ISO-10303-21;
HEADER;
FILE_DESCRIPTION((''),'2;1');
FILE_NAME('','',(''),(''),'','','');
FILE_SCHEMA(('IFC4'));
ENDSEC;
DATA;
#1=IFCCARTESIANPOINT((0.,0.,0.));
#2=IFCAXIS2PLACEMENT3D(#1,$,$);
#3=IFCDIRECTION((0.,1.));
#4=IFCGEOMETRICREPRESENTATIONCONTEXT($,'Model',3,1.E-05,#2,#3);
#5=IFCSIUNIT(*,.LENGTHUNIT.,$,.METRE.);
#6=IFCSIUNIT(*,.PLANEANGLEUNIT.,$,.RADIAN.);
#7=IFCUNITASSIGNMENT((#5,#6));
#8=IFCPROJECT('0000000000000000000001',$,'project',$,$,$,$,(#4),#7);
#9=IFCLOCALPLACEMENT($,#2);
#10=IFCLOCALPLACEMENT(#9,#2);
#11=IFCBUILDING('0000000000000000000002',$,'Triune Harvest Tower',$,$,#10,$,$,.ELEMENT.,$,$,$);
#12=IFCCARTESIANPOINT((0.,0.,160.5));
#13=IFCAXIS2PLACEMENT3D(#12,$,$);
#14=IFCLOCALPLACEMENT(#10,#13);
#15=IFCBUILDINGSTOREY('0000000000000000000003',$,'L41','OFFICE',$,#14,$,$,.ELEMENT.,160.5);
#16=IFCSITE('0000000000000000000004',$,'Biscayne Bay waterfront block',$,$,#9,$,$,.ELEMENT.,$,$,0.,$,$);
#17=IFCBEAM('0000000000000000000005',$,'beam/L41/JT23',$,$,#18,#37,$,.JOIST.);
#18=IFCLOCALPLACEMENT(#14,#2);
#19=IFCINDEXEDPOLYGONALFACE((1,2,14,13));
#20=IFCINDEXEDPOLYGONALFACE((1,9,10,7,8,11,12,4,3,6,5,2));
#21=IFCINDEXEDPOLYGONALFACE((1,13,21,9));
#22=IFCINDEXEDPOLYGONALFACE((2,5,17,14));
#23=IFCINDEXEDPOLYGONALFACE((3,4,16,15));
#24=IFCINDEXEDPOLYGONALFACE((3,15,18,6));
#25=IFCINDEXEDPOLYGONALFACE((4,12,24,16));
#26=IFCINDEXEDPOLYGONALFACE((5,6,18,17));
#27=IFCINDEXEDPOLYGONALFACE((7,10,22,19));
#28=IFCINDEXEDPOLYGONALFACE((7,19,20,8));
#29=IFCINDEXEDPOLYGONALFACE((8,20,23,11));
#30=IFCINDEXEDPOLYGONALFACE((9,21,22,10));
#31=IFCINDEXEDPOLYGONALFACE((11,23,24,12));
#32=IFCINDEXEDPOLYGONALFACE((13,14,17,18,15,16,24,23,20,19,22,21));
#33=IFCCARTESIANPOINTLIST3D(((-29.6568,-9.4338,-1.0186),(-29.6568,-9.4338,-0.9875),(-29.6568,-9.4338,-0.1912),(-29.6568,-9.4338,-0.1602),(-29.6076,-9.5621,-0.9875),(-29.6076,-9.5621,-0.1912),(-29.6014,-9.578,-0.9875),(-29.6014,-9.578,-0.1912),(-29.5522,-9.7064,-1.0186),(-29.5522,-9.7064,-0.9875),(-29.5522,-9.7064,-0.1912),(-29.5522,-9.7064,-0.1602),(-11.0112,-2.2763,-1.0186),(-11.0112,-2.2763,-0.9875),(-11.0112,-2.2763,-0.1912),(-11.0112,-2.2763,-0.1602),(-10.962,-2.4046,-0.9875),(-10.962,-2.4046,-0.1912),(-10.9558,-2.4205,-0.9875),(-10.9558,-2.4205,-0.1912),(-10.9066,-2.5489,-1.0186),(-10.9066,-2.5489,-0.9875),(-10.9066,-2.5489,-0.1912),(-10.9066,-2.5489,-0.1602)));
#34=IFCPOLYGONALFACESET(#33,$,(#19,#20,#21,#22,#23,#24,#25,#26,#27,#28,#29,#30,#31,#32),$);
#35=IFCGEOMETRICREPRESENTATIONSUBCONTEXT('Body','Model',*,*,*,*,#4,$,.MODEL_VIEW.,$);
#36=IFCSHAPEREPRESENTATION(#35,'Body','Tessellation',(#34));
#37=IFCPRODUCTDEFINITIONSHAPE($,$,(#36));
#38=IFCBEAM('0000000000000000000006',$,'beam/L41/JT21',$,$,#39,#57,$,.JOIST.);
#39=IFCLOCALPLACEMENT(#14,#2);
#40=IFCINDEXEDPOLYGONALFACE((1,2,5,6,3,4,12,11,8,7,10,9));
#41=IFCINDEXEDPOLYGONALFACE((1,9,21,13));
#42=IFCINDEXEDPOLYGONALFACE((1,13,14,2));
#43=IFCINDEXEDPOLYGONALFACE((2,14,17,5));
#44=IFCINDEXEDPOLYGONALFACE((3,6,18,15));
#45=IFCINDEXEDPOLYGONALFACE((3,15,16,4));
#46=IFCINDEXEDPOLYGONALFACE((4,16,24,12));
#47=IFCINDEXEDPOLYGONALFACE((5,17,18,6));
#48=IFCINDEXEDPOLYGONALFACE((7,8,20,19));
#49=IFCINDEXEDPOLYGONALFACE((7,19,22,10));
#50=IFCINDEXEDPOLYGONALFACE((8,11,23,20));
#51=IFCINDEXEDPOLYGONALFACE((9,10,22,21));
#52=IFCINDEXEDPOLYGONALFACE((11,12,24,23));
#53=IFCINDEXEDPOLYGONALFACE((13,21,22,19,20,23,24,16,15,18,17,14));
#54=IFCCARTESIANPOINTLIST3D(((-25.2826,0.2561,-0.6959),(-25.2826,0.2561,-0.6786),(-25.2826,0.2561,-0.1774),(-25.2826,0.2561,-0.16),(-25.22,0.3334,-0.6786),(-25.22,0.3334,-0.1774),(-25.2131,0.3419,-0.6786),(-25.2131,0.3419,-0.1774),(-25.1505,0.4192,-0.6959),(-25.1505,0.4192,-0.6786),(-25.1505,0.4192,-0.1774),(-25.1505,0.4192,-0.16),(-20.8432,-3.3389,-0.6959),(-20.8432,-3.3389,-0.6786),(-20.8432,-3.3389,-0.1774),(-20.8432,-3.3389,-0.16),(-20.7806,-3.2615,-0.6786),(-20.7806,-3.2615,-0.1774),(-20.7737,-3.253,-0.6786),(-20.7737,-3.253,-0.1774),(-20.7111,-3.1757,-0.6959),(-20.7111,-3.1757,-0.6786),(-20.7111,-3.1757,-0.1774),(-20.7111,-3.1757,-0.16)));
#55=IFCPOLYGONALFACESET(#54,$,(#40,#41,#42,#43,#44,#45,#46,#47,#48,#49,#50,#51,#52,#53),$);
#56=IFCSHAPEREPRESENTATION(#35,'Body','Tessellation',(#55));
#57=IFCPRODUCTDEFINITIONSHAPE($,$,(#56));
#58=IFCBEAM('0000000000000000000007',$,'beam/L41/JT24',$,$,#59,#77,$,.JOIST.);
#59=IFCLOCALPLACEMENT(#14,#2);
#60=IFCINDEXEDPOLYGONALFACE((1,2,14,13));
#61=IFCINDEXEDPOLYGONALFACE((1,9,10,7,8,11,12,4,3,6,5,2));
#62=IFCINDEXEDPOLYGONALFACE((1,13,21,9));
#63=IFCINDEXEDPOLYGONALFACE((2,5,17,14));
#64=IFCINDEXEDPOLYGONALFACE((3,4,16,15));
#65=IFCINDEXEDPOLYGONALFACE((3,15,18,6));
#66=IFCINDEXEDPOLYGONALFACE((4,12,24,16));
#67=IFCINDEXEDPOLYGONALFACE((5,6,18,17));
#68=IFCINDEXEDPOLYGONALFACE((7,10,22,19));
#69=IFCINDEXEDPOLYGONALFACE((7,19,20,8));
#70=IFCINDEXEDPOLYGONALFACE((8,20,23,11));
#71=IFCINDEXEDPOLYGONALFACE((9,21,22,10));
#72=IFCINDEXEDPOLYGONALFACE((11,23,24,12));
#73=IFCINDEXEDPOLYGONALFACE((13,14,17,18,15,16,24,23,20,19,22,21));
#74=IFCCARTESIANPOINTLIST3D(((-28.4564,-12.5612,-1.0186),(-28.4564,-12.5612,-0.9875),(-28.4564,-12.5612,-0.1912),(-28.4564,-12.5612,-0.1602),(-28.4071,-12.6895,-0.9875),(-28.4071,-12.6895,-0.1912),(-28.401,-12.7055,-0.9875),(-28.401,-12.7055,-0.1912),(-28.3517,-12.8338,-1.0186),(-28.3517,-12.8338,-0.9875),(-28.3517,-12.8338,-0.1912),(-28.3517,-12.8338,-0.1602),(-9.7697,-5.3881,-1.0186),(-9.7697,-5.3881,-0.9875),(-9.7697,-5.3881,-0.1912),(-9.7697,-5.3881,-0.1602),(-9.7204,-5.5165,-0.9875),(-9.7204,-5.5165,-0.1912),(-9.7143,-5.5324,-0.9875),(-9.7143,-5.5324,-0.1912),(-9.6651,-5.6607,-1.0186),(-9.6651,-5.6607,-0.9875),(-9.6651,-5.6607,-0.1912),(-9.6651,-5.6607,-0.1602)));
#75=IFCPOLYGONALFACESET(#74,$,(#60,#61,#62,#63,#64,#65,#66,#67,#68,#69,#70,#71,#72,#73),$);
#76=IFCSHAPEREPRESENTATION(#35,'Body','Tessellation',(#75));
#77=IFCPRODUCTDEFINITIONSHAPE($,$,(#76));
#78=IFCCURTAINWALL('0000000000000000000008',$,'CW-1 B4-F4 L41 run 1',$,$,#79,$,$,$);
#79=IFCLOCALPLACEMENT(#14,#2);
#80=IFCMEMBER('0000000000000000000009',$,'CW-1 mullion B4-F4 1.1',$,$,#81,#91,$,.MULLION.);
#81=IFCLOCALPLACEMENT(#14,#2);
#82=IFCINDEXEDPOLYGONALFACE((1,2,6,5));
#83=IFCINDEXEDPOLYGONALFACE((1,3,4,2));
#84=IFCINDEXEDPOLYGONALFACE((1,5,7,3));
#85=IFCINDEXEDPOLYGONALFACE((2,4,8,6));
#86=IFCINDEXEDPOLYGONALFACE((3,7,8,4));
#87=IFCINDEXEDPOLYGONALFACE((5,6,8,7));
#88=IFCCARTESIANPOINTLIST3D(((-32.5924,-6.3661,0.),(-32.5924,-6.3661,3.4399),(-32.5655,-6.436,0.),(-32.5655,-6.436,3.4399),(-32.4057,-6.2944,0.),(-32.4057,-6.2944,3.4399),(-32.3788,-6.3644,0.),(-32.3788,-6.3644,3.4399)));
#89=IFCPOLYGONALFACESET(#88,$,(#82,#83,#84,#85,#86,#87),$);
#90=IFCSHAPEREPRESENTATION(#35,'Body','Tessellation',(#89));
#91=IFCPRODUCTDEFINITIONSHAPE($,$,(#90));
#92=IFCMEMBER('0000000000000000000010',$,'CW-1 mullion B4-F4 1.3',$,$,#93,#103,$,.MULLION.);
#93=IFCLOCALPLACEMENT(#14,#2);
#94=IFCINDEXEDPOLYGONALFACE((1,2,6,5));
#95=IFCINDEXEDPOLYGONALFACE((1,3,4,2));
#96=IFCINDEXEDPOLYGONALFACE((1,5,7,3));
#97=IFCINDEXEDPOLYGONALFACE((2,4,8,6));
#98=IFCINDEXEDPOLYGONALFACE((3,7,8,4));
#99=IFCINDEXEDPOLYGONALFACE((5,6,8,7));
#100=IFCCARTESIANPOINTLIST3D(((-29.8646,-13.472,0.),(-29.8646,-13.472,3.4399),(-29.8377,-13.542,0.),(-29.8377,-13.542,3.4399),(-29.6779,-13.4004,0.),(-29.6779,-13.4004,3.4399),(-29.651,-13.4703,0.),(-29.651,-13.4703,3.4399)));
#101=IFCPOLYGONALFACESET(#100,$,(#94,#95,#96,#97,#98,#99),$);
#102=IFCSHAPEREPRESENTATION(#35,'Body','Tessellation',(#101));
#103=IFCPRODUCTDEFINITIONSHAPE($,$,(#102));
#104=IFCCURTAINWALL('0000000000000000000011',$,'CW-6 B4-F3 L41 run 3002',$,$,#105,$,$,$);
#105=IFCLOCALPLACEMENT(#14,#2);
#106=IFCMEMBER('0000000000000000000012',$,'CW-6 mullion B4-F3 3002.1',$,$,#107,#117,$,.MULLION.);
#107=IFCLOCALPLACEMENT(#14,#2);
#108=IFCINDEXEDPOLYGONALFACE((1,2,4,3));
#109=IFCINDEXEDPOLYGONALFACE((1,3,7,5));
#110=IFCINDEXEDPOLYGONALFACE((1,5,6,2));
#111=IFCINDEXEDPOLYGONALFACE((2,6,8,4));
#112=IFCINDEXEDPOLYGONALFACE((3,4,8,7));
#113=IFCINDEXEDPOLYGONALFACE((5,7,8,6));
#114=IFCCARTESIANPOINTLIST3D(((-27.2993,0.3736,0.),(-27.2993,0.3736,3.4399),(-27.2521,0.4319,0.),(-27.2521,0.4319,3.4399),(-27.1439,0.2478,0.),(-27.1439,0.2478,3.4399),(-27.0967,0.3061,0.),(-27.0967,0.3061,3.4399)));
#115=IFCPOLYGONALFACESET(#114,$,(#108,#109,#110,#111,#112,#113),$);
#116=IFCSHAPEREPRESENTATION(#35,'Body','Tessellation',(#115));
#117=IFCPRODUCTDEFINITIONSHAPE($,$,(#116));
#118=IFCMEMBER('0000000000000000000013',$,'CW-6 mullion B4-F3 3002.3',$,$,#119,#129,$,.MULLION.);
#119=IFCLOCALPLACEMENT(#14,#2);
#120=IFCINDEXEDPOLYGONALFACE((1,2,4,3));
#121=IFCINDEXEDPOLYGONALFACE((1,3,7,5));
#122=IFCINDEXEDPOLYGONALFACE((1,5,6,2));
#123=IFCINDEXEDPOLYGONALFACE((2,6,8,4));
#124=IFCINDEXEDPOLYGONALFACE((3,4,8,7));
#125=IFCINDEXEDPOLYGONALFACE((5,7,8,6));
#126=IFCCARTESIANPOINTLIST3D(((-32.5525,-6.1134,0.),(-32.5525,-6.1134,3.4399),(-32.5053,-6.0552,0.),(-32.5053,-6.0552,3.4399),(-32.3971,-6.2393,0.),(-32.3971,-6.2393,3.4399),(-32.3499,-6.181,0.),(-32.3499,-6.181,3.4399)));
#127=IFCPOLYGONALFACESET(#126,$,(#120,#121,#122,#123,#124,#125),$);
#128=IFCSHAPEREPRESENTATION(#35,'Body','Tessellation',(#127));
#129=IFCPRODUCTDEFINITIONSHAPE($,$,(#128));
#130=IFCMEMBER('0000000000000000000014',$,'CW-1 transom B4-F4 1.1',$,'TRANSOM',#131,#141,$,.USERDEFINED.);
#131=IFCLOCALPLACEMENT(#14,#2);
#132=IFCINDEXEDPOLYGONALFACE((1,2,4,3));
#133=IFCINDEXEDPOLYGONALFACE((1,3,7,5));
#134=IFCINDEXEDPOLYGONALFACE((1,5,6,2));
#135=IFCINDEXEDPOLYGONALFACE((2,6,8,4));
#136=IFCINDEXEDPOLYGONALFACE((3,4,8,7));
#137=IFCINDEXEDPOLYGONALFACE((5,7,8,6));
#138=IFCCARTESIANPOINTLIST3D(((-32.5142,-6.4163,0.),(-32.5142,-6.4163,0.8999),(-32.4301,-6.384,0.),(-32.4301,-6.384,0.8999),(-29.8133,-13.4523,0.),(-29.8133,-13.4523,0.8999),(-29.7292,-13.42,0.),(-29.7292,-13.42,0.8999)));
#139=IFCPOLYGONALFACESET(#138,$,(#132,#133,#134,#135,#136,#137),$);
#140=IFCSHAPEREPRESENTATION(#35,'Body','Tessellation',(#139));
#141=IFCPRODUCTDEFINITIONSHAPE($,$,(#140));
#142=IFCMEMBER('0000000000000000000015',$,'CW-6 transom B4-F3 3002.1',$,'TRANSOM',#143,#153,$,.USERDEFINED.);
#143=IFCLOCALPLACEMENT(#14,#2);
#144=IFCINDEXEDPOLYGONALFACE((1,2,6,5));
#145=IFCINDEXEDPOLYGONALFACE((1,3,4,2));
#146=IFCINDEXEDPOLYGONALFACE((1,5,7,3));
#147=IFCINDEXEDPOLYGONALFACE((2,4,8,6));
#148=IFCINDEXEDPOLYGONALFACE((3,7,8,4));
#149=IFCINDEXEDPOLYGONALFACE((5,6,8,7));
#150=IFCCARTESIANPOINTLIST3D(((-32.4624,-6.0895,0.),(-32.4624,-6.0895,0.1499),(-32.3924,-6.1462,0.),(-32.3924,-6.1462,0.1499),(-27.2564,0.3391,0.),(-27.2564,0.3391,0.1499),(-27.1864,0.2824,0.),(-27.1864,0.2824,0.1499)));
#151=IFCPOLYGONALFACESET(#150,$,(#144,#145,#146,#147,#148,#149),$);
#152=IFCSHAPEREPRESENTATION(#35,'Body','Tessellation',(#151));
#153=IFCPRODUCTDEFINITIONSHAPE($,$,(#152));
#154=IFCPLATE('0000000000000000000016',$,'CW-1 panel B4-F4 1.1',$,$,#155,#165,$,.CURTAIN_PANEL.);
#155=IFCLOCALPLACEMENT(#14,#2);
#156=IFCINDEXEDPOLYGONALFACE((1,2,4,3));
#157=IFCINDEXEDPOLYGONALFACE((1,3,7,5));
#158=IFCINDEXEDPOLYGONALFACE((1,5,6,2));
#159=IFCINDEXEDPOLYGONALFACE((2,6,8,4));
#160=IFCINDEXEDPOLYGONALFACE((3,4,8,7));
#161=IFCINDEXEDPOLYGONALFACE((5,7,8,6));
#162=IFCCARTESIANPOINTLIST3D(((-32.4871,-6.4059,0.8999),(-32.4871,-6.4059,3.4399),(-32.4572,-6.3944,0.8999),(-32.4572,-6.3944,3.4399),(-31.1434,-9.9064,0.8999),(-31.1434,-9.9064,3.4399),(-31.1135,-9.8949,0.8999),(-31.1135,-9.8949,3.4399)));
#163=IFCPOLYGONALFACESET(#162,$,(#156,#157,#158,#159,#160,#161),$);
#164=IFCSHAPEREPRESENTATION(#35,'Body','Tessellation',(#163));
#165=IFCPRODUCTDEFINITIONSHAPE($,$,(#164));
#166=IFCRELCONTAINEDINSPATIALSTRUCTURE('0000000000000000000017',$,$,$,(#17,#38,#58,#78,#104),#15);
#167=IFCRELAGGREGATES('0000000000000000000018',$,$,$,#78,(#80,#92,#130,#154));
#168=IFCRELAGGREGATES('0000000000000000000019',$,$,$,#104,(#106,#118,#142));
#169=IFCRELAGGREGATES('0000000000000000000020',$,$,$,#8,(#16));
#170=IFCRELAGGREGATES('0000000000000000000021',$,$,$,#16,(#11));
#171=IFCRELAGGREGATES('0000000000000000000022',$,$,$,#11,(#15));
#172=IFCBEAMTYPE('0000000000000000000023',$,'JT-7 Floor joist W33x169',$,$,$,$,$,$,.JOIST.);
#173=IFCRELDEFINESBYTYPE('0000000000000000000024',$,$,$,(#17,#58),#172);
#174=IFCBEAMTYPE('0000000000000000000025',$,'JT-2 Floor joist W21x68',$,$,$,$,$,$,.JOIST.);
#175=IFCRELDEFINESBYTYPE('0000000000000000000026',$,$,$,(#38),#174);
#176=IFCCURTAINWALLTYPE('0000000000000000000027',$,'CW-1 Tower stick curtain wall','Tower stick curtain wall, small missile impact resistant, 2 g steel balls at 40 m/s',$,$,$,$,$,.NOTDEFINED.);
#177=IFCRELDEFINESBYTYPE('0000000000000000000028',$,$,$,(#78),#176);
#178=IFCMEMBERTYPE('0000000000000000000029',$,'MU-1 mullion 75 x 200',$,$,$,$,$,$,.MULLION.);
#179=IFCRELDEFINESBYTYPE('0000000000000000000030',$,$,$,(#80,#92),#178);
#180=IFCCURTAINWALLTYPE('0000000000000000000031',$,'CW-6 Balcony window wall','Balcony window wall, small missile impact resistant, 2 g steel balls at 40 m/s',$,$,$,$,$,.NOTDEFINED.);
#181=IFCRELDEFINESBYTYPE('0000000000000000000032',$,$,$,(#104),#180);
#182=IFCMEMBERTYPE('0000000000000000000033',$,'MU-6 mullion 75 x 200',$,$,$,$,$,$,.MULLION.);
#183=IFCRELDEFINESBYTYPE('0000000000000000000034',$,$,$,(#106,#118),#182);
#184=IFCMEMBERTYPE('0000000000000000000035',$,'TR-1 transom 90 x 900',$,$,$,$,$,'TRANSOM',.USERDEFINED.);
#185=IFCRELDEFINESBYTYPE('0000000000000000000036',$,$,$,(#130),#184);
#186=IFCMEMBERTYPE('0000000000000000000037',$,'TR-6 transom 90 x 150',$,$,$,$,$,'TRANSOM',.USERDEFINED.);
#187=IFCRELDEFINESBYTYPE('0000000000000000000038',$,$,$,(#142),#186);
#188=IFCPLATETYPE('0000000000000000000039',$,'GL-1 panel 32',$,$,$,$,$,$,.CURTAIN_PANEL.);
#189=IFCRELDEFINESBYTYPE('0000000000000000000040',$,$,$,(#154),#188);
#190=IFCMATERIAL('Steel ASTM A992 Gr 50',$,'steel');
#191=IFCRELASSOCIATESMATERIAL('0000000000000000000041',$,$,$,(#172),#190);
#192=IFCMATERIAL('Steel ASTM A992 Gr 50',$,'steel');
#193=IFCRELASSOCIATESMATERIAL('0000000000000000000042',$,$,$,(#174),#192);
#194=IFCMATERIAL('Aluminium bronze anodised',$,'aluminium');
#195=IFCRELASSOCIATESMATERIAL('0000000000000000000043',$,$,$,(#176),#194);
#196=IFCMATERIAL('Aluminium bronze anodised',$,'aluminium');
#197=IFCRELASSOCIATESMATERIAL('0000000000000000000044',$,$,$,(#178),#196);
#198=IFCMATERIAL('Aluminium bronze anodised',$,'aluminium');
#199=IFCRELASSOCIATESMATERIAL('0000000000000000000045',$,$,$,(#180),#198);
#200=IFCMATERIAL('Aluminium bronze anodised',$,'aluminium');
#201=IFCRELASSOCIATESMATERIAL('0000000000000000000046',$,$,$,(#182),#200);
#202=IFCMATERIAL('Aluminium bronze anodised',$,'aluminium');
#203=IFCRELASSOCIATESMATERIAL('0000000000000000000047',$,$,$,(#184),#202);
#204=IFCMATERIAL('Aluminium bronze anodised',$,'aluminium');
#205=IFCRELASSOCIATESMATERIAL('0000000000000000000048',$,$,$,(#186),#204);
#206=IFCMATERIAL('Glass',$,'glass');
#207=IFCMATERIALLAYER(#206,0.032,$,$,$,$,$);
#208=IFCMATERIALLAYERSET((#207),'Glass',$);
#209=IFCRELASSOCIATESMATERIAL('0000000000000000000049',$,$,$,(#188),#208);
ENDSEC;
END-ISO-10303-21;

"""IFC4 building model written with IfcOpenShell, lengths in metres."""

from ifc_helpers import new_model, si_unit, direction, frame, origin, origin_2d, place, context, subcontext, project, spatial, rectangle, i_section, extrude, source, transform, mapped, material, layer, layer_set, material_profile, profile_set, type_object, element, aggregate, save


model = new_model("IFC4")

# Units and contexts
model_context = context("Model", 3, precision=1e-05, world=origin(), true_north=direction((0.0, 1.0)))
body_context = subcontext(model_context, "Body", "Model", "MODEL_VIEW")
ifc_project = project(units=[si_unit("LENGTHUNIT", "METRE"), si_unit("PLANEANGLEUNIT", "RADIAN")], contexts=[model_context])

# Site, building, storey
site_placement = place(None, origin())
site = spatial("IfcSite", under=ifc_project, at=site_placement, Name="Biscayne Bay waterfront block", CompositionType="ELEMENT", RefElevation=0.0)
building_placement = place(site_placement, origin())
building = spatial("IfcBuilding", under=site, at=building_placement, Name="Triune Harvest Tower", CompositionType="ELEMENT")
storey_placement = place(building_placement, frame((0.0, 0.0, 160.5)))
storey = spatial("IfcBuildingStorey", under=building, at=storey_placement, Name="L41", Description="OFFICE", CompositionType="ELEMENT", Elevation=160.5)

# Beams
ifc_material_1 = material(Name="Steel ASTM A992 Gr 50", Category="steel")
ifc_material_profile_1 = material_profile(ifc_material_1, i_section(OverallWidth=0.292, OverallDepth=0.8584, WebThickness=0.0171, FlangeThickness=0.031, at=origin_2d()), Name="W33x169")
ifc_profile_set_1 = profile_set([ifc_material_profile_1], Name="Steel ASTM A992 Gr 50")
beam_type_1 = type_object("IfcBeamType", Name="JT-7 Floor joist W33x169", PredefinedType="JOIST", material=ifc_profile_set_1)
shared_shape_1 = source(origin(), body_context, "Body", "SweptSolid", [
    extrude(i_section(OverallWidth=0.292, OverallDepth=0.8584, WebThickness=0.0171, FlangeThickness=0.031, at=origin_2d()), origin(), (0.0, 0.0, 1.0), 19.9722),
])
beam_1_placement = place(storey_placement, frame((-29.6045, -9.5701, -0.5894), z_axis=(0.933578, 0.358374, 0.0), x_axis=(-0.358374, 0.933578, 0.0)))
element("IfcBeam", 1, at=beam_1_placement, inside=storey, type_object=beam_type_1, Name="beam/L41/JT23", PredefinedType="JOIST", context=body_context, shape_type="MappedRepresentation", body=[
    mapped(shared_shape_1, transform((0.0, 0.0, 0.0), scale=1.0)),
])
ifc_material_2 = material(Name="Steel ASTM A992 Gr 50", Category="steel")
ifc_material_profile_2 = material_profile(ifc_material_2, i_section(OverallWidth=0.21, OverallDepth=0.5359, WebThickness=0.011, FlangeThickness=0.0173, at=origin_2d()), Name="W21x68")
ifc_profile_set_2 = profile_set([ifc_material_profile_2], Name="Steel ASTM A992 Gr 50")
beam_type_2 = type_object("IfcBeamType", Name="JT-2 Floor joist W21x68", PredefinedType="JOIST", material=ifc_profile_set_2)
shared_shape_2 = source(origin(), body_context, "Body", "SweptSolid", [
    extrude(i_section(OverallWidth=0.21, OverallDepth=0.5359, WebThickness=0.011, FlangeThickness=0.0173, at=origin_2d()), origin(), (0.0, 0.0, 1.0), 5.7124),
])
beam_2_placement = place(storey_placement, frame((-25.2166, 0.3376, -0.428), z_axis=(0.777148, -0.629317, 0.0), x_axis=(0.629317, 0.777148, 0.0)))
element("IfcBeam", 2, at=beam_2_placement, inside=storey, type_object=beam_type_2, Name="beam/L41/JT21", PredefinedType="JOIST", context=body_context, shape_type="MappedRepresentation", body=[
    mapped(shared_shape_2, transform((0.0, 0.0, 0.0), scale=1.0)),
])
shared_shape_3 = source(origin(), body_context, "Body", "SweptSolid", [
    extrude(i_section(OverallWidth=0.292, OverallDepth=0.8584, WebThickness=0.0171, FlangeThickness=0.031, at=origin_2d()), origin(), (0.0, 0.0, 1.0), 20.0161),
])
beam_3_placement = place(storey_placement, frame((-28.4041, -12.6975, -0.5894), z_axis=(0.933582, 0.358364, 0.0), x_axis=(-0.358364, 0.933582, 0.0)))
element("IfcBeam", 3, at=beam_3_placement, inside=storey, type_object=beam_type_1, Name="beam/L41/JT24", PredefinedType="JOIST", context=body_context, shape_type="MappedRepresentation", body=[
    mapped(shared_shape_3, transform((0.0, 0.0, 0.0), scale=1.0)),
])

# Curtain walls, members
ifc_material_3 = material(Name="Aluminium bronze anodised", Category="aluminium")
curtain_wall_type_1 = type_object("IfcCurtainWallType", Name="CW-1 Tower stick curtain wall", Description="Tower stick curtain wall, small missile impact resistant, 2 g steel balls at 40 m/s", PredefinedType="NOTDEFINED", material=ifc_material_3)
curtain_wall_1_placement = place(storey_placement, origin())
curtain_wall_1 = element("IfcCurtainWall", 4, at=curtain_wall_1_placement, inside=storey, type_object=curtain_wall_type_1, Name="CW-1 B4-F4 L41 run 1")
ifc_material_4 = material(Name="Aluminium bronze anodised", Category="aluminium")
ifc_material_profile_3 = material_profile(ifc_material_4, rectangle(XDim=0.2, YDim=0.075, at=origin_2d()), Name="MU-1 mullion 75 x 200")
ifc_profile_set_3 = profile_set([ifc_material_profile_3], Name="Aluminium bronze anodised")
member_type_1 = type_object("IfcMemberType", Name="MU-1 mullion 75 x 200", PredefinedType="MULLION", material=ifc_profile_set_3)
shared_shape_4 = source(origin(), body_context, "Body", "SweptSolid", [
    extrude(rectangle(XDim=0.2, YDim=0.075, at=origin_2d()), origin(), (0.0, 0.0, 1.0), 3.4399),
])
member_1_placement = place(storey_placement, frame((-32.4856, -6.3652, 0.0), z_axis=(0.0, 0.0, 1.0), x_axis=(0.93358, 0.358369, 0.0)))
member_1 = element("IfcMember", 5, at=member_1_placement, type_object=member_type_1, Name="CW-1 mullion B4-F4 1.1", PredefinedType="MULLION", context=body_context, shape_type="MappedRepresentation", body=[
    mapped(shared_shape_4, transform((0.0, 0.0, 0.0), scale=1.0)),
])
member_2_placement = place(storey_placement, frame((-29.7578, -13.4712, 0.0), z_axis=(0.0, 0.0, 1.0), x_axis=(0.93358, 0.358369, 0.0)))
member_2 = element("IfcMember", 6, at=member_2_placement, type_object=member_type_1, Name="CW-1 mullion B4-F4 1.3", PredefinedType="MULLION", context=body_context, shape_type="MappedRepresentation", body=[
    mapped(shared_shape_4, transform((0.0, 0.0, 0.0), scale=1.0)),
])
ifc_material_5 = material(Name="Aluminium bronze anodised", Category="aluminium")
curtain_wall_type_2 = type_object("IfcCurtainWallType", Name="CW-6 Balcony window wall", Description="Balcony window wall, small missile impact resistant, 2 g steel balls at 40 m/s", PredefinedType="NOTDEFINED", material=ifc_material_5)
curtain_wall_2_placement = place(storey_placement, origin())
curtain_wall_2 = element("IfcCurtainWall", 7, at=curtain_wall_2_placement, inside=storey, type_object=curtain_wall_type_2, Name="CW-6 B4-F3 L41 run 3002")
ifc_material_6 = material(Name="Aluminium bronze anodised", Category="aluminium")
ifc_material_profile_4 = material_profile(ifc_material_6, rectangle(XDim=0.2, YDim=0.075, at=origin_2d()), Name="MU-6 mullion 75 x 200")
ifc_profile_set_4 = profile_set([ifc_material_profile_4], Name="Aluminium bronze anodised")
member_type_2 = type_object("IfcMemberType", Name="MU-6 mullion 75 x 200", PredefinedType="MULLION", material=ifc_profile_set_4)
shared_shape_5 = source(origin(), body_context, "Body", "SweptSolid", [
    extrude(rectangle(XDim=0.2, YDim=0.075, at=origin_2d()), origin(), (0.0, 0.0, 1.0), 3.4399),
])
member_3_placement = place(storey_placement, frame((-27.198, 0.3398, 0.0), z_axis=(0.0, 0.0, 1.0), x_axis=(0.777144, -0.629323, 0.0)))
member_3 = element("IfcMember", 8, at=member_3_placement, type_object=member_type_2, Name="CW-6 mullion B4-F3 3002.1", PredefinedType="MULLION", context=body_context, shape_type="MappedRepresentation", body=[
    mapped(shared_shape_5, transform((0.0, 0.0, 0.0), scale=1.0)),
])
member_4_placement = place(storey_placement, frame((-32.4512, -6.1472, 0.0), z_axis=(0.0, 0.0, 1.0), x_axis=(0.777144, -0.629323, 0.0)))
member_4 = element("IfcMember", 9, at=member_4_placement, type_object=member_type_2, Name="CW-6 mullion B4-F3 3002.3", PredefinedType="MULLION", context=body_context, shape_type="MappedRepresentation", body=[
    mapped(shared_shape_5, transform((0.0, 0.0, 0.0), scale=1.0)),
])

# Members
ifc_material_7 = material(Name="Aluminium bronze anodised", Category="aluminium")
ifc_material_profile_5 = material_profile(ifc_material_7, rectangle(XDim=0.0901, YDim=0.8999, at=origin_2d()), Name="TR-1 transom 90 x 900")
ifc_profile_set_5 = profile_set([ifc_material_profile_5], Name="Aluminium bronze anodised")
member_type_3 = type_object("IfcMemberType", Name="TR-1 transom 90 x 900", ElementType="TRANSOM", PredefinedType="USERDEFINED", material=ifc_profile_set_5)
shared_shape_6 = source(origin(), body_context, "Body", "SweptSolid", [
    extrude(rectangle(XDim=0.0901, YDim=0.8999, at=origin_2d()), origin(), (0.0, 0.0, 1.0), 7.5366),
])
member_5_placement = place(storey_placement, frame((-32.4722, -6.4001, 0.45), z_axis=(0.358369, -0.93358, 0.0), x_axis=(0.93358, 0.358369, 0.0)))
member_5 = element("IfcMember", 10, at=member_5_placement, type_object=member_type_3, Name="CW-1 transom B4-F4 1.1", ObjectType="TRANSOM", PredefinedType="USERDEFINED", context=body_context, shape_type="MappedRepresentation", body=[
    mapped(shared_shape_6, transform((0.0, 0.0, 0.0), scale=1.0)),
])
ifc_material_8 = material(Name="Aluminium bronze anodised", Category="aluminium")
ifc_material_profile_6 = material_profile(ifc_material_8, rectangle(XDim=0.0901, YDim=0.1499, at=origin_2d()), Name="TR-6 transom 90 x 150")
ifc_profile_set_6 = profile_set([ifc_material_profile_6], Name="Aluminium bronze anodised")
member_type_4 = type_object("IfcMemberType", Name="TR-6 transom 90 x 150", ElementType="TRANSOM", PredefinedType="USERDEFINED", material=ifc_profile_set_6)
shared_shape_7 = source(origin(), body_context, "Body", "SweptSolid", [
    extrude(rectangle(XDim=0.0901, YDim=0.1499, at=origin_2d()), origin(), (0.0, 0.0, 1.0), 8.2722),
])
member_6_placement = place(storey_placement, frame((-27.2214, 0.3108, 0.075), z_axis=(-0.629334, -0.777135, 0.0), x_axis=(0.777135, -0.629334, 0.0)))
member_6 = element("IfcMember", 11, at=member_6_placement, type_object=member_type_4, Name="CW-6 transom B4-F3 3002.1", ObjectType="TRANSOM", PredefinedType="USERDEFINED", context=body_context, shape_type="MappedRepresentation", body=[
    mapped(shared_shape_7, transform((0.0, 0.0, 0.0), scale=1.0)),
])

# Plate
ifc_material_9 = material(Name="Glass", Category="glass")
ifc_layer_1 = layer(ifc_material_9, 0.032)
ifc_layer_set_1 = layer_set([ifc_layer_1], Name="Glass")
plate_type_1 = type_object("IfcPlateType", Name="GL-1 panel 32", PredefinedType="CURTAIN_PANEL", material=ifc_layer_set_1)
shared_shape_8 = source(origin(), body_context, "Body", "SweptSolid", [
    extrude(rectangle(XDim=3.7495, YDim=0.032, at=origin_2d()), origin(), (0.0, 0.0, 1.0), 2.54),
])
plate_1_placement = place(storey_placement, frame((-31.8003, -8.1504, 0.8999), z_axis=(0.0, 0.0, 1.0), x_axis=(0.358369, -0.93358, 0.0)))
plate_1 = element("IfcPlate", 12, at=plate_1_placement, type_object=plate_type_1, Name="CW-1 panel B4-F4 1.1", PredefinedType="CURTAIN_PANEL", context=body_context, shape_type="MappedRepresentation", body=[
    mapped(shared_shape_8, transform((0.0, 0.0, 0.0), scale=1.0)),
])
aggregate(curtain_wall_1, [member_1, member_2, member_5, plate_1])
aggregate(curtain_wall_2, [member_3, member_4, member_6])

save(model, "model.ifc")
